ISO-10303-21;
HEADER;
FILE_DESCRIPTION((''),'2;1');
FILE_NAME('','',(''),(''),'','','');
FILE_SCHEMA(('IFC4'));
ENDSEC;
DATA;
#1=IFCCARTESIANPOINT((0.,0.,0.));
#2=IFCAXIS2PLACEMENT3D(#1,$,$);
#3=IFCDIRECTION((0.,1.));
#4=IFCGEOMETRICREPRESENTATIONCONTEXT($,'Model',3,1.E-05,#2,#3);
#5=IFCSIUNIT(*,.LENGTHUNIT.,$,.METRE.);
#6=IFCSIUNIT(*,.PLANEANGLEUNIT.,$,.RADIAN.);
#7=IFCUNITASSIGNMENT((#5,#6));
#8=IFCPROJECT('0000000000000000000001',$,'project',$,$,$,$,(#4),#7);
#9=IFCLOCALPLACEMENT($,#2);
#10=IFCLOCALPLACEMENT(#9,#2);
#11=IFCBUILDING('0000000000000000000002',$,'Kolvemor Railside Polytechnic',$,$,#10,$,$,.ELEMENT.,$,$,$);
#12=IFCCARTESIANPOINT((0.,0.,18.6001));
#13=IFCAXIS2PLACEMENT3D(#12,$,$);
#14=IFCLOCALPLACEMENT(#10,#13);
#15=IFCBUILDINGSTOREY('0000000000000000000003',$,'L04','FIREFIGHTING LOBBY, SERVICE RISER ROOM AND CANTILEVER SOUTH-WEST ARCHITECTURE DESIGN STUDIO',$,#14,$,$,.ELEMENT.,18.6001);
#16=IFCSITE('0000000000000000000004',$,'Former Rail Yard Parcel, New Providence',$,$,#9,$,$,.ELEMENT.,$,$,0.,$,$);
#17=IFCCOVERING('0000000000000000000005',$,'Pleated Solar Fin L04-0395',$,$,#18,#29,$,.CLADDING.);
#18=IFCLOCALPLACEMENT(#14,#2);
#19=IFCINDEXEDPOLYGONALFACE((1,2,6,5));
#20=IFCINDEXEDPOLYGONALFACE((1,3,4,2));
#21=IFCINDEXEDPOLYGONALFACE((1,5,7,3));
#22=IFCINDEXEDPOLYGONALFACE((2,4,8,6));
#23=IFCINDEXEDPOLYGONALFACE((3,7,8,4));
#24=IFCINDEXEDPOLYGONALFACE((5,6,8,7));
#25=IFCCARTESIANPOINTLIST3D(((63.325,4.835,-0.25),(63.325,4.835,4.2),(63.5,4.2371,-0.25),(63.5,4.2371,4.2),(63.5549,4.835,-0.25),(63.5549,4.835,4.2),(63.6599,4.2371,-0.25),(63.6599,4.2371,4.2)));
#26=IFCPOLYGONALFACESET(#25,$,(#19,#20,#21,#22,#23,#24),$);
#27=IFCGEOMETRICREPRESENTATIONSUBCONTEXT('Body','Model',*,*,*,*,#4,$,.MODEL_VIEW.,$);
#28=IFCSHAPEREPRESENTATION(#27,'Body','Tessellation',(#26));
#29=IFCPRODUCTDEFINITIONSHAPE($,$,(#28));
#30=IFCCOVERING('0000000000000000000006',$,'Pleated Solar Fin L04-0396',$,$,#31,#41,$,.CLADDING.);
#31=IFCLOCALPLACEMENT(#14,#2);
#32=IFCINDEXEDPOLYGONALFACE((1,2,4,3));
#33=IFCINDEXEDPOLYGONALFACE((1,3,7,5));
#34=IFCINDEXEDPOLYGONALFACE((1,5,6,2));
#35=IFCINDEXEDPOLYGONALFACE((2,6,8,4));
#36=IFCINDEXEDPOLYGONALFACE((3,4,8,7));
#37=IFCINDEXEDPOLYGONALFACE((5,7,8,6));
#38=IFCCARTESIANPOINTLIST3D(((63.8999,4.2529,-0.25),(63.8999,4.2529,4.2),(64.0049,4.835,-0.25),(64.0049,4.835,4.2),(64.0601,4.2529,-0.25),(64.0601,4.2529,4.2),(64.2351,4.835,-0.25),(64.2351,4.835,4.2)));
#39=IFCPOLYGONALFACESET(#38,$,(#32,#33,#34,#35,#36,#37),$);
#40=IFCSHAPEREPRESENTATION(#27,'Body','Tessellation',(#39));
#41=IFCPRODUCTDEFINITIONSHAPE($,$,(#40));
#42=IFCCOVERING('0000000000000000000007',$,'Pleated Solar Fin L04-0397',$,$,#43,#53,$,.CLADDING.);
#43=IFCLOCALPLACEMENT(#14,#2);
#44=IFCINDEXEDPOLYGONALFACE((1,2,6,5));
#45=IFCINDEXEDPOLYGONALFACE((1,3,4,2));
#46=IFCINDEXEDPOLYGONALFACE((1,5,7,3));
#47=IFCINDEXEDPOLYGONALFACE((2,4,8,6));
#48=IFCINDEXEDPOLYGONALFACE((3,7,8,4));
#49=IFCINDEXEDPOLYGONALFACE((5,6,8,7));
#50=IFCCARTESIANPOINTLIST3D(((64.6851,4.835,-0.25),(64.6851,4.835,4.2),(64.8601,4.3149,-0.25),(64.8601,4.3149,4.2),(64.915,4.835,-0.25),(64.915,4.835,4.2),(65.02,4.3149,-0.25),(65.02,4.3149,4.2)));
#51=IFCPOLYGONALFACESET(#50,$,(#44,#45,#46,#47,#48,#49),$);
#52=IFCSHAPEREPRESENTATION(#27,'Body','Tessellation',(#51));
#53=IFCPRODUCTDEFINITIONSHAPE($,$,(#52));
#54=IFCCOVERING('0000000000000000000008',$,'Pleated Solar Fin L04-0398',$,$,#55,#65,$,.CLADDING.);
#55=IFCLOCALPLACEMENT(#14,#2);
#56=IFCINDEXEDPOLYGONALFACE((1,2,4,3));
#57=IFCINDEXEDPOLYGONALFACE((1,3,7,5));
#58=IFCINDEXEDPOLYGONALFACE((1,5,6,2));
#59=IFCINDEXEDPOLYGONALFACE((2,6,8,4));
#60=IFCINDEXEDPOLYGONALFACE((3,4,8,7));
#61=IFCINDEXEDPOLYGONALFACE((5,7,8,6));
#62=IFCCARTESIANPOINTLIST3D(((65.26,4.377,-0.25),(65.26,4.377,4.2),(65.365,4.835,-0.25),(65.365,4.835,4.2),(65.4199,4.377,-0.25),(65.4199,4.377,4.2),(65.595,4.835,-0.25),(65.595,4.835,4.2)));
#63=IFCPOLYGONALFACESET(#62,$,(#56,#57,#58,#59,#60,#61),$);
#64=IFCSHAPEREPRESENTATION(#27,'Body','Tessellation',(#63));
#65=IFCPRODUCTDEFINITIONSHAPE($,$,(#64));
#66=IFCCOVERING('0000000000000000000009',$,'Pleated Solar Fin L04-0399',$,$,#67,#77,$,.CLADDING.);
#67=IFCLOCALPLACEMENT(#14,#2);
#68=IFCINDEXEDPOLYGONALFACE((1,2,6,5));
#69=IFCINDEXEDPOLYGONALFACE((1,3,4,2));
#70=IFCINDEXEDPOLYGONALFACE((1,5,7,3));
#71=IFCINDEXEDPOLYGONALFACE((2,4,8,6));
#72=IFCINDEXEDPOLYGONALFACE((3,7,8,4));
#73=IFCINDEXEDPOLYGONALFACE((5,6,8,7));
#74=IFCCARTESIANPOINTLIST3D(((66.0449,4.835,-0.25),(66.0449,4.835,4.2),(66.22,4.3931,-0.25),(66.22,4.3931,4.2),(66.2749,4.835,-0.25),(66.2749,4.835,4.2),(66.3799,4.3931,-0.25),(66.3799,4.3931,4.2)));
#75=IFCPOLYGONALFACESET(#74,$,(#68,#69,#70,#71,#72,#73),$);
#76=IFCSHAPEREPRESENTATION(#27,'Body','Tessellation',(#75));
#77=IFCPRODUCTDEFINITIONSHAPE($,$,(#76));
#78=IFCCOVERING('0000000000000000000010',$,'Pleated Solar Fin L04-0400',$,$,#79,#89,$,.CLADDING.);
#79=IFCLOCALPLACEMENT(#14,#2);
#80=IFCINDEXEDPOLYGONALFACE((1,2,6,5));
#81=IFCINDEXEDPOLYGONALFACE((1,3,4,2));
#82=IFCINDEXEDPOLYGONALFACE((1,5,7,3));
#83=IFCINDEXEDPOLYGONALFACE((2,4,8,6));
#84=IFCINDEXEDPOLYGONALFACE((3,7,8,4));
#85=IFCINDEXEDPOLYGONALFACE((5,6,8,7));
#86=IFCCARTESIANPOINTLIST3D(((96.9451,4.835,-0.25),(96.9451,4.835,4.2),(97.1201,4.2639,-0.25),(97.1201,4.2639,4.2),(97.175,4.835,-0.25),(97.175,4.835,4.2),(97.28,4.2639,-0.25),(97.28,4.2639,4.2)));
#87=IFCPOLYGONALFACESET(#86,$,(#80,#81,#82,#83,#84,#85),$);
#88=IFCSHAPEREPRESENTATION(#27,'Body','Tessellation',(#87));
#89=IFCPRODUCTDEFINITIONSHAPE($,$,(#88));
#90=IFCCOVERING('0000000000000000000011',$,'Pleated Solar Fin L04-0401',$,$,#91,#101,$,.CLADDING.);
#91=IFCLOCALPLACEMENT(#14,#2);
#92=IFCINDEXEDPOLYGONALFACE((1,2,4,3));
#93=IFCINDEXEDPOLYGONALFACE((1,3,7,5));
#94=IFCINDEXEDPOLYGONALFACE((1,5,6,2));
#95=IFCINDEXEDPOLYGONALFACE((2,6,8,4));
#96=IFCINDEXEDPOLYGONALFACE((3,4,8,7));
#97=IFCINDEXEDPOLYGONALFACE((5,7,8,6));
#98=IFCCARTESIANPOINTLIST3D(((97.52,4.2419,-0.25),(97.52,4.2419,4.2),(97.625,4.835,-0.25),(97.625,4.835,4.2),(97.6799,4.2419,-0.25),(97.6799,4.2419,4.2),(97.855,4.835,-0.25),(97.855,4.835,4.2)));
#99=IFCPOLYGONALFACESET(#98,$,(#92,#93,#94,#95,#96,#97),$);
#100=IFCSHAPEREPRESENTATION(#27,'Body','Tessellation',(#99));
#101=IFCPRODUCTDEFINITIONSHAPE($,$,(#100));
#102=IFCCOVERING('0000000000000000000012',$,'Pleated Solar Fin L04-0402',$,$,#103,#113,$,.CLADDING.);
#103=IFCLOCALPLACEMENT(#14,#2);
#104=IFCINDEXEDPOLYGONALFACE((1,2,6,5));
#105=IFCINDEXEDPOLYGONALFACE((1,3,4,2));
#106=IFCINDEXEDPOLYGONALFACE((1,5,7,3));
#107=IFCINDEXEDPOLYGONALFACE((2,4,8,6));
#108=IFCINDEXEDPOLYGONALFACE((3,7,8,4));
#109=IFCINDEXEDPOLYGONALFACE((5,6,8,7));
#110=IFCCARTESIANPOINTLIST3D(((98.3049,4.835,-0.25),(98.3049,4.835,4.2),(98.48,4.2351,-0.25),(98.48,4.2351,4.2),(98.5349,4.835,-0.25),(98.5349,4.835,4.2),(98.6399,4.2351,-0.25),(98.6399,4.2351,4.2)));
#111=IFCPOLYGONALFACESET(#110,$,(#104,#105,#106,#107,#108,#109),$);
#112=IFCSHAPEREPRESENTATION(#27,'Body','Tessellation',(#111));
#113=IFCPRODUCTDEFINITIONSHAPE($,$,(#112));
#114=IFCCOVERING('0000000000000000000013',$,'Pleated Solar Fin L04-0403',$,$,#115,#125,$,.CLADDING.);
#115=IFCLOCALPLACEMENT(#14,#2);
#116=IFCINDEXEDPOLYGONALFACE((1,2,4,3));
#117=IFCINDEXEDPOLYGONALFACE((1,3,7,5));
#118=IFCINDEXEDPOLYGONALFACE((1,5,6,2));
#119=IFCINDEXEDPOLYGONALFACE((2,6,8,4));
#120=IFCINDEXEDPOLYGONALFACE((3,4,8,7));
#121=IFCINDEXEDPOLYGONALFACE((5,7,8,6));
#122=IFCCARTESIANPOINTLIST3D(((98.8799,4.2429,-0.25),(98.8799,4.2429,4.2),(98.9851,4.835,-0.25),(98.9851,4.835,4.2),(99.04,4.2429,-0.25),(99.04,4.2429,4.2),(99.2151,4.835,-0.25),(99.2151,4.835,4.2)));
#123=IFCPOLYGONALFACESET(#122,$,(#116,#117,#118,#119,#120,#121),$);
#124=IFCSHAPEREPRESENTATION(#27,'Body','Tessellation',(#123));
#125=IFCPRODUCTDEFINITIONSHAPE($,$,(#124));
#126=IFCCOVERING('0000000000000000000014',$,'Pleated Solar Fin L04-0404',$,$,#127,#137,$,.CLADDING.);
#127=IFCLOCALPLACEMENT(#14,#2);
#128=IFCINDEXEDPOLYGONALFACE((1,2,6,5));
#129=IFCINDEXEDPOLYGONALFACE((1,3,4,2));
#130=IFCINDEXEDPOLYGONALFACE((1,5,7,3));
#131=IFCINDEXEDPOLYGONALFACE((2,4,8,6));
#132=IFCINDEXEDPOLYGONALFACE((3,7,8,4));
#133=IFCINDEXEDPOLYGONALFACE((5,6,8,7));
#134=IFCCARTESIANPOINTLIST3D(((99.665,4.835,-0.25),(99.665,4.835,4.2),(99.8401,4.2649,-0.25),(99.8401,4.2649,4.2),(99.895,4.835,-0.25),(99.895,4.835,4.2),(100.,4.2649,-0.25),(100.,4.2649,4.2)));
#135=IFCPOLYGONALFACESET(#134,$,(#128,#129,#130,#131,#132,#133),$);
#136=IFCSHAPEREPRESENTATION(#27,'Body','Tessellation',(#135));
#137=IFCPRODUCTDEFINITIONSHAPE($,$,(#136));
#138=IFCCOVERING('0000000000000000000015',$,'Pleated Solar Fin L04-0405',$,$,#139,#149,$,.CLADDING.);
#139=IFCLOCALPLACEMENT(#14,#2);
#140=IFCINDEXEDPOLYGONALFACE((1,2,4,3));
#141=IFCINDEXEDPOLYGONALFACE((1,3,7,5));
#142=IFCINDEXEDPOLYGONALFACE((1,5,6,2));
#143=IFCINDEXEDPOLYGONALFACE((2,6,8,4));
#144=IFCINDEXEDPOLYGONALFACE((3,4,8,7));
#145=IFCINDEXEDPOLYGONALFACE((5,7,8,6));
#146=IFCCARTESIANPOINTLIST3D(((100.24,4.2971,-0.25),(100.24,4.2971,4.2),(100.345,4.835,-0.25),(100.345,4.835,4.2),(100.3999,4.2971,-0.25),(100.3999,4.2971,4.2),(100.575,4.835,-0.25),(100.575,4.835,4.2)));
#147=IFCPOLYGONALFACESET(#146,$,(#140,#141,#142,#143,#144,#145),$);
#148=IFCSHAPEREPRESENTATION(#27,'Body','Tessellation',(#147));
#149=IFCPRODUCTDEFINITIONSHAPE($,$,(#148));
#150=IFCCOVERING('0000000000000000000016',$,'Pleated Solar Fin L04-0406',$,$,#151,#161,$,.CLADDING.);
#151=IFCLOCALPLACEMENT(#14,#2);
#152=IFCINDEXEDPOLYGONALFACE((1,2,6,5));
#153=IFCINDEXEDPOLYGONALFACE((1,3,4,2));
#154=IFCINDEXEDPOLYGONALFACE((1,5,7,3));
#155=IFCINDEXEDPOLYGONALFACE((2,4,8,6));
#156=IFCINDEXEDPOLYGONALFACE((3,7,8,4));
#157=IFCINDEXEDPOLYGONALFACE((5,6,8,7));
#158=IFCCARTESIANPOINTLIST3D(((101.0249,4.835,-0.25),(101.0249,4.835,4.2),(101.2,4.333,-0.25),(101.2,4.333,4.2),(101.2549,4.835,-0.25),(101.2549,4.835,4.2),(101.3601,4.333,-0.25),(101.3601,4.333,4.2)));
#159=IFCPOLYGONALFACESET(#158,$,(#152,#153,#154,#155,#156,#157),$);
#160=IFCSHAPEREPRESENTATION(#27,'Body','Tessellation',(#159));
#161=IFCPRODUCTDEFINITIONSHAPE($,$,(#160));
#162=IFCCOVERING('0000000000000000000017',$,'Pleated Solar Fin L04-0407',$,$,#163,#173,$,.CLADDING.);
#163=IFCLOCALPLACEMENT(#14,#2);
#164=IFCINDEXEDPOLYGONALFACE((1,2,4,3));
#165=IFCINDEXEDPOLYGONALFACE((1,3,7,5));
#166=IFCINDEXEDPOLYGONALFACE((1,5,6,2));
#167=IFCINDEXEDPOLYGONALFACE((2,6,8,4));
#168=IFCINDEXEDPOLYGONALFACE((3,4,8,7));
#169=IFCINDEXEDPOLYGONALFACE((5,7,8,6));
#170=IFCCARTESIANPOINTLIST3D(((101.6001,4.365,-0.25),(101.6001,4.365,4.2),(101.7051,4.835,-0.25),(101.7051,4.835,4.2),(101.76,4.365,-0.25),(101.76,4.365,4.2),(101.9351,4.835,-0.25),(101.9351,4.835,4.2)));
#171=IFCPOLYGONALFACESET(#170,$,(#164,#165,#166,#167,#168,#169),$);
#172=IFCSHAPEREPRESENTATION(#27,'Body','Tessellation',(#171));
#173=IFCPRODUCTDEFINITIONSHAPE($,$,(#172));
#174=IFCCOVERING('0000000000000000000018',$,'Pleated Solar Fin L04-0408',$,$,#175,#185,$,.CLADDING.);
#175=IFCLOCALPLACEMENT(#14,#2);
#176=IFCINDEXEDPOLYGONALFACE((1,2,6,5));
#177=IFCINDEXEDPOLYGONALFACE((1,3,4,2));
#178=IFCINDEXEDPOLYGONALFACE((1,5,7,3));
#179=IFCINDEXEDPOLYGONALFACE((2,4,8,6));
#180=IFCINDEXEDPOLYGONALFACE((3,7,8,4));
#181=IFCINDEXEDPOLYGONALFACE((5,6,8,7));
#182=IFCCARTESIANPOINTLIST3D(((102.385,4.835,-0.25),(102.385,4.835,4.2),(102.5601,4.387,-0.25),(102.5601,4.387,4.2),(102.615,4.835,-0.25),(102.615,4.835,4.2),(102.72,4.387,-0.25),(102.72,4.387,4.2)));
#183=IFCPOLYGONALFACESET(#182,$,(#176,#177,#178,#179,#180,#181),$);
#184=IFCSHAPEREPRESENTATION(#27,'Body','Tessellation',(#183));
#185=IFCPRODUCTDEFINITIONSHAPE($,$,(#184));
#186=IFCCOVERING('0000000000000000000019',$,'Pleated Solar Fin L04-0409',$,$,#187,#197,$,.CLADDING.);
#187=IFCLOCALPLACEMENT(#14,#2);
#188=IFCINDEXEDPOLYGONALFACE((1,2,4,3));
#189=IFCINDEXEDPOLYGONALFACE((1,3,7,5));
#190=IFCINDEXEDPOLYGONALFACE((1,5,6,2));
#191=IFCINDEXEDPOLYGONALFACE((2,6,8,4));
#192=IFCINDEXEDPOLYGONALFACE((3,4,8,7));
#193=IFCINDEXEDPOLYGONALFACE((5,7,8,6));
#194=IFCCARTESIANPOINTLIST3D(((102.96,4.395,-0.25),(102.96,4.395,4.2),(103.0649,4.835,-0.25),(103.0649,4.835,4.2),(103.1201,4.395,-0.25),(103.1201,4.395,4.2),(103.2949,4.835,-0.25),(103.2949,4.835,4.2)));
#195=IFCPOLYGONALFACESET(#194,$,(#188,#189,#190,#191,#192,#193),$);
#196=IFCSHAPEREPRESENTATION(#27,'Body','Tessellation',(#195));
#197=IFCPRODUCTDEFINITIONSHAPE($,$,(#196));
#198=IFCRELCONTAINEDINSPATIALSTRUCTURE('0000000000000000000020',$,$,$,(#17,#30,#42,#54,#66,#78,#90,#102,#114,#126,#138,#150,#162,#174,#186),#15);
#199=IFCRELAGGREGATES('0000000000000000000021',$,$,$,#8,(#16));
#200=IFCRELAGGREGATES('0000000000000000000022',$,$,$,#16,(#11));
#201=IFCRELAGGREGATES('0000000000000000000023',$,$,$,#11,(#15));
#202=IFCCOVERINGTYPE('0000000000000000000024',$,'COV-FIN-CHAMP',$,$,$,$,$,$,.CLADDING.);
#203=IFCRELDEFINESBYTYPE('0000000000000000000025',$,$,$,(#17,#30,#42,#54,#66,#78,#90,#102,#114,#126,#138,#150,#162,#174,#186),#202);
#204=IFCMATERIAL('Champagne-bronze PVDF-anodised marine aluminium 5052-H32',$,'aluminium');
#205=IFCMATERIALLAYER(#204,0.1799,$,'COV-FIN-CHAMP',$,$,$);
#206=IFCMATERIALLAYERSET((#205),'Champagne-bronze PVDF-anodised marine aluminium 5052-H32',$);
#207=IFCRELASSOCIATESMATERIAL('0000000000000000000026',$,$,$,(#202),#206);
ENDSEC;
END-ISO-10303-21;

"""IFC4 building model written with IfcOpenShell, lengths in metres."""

from ifc_helpers import new_model, si_unit, direction, frame, origin, place, context, subcontext, project, spatial, polyline, outline, extrude, material, layer, layer_set, type_object, element, save


model = new_model("IFC4")

# Units and contexts
model_context = context("Model", 3, precision=1e-05, world=origin(), true_north=direction((0.0, 1.0)))
body_context = subcontext(model_context, "Body", "Model", "MODEL_VIEW")
ifc_project = project(units=[si_unit("LENGTHUNIT", "METRE"), si_unit("PLANEANGLEUNIT", "RADIAN")], contexts=[model_context])

# Site, building, storey
site_placement = place(None, origin())
site = spatial("IfcSite", under=ifc_project, at=site_placement, Name="Former Rail Yard Parcel, New Providence", CompositionType="ELEMENT", RefElevation=0.0)
building_placement = place(site_placement, origin())
building = spatial("IfcBuilding", under=site, at=building_placement, Name="Kolvemor Railside Polytechnic", CompositionType="ELEMENT")
storey_placement = place(building_placement, frame((0.0, 0.0, 18.6001)))
storey = spatial("IfcBuildingStorey", under=building, at=storey_placement, Name="L04", Description="FIREFIGHTING LOBBY, SERVICE RISER ROOM AND CANTILEVER SOUTH-WEST ARCHITECTURE DESIGN STUDIO", CompositionType="ELEMENT", Elevation=18.6001)

# Coverings
ifc_material_1 = material(Name="Champagne-bronze PVDF-anodised marine aluminium 5052-H32", Category="aluminium")
ifc_layer_1 = layer(ifc_material_1, 0.1799, Name="COV-FIN-CHAMP")
ifc_layer_set_1 = layer_set([ifc_layer_1], Name="Champagne-bronze PVDF-anodised marine aluminium 5052-H32")
covering_type_1 = type_object("IfcCoveringType", Name="COV-FIN-CHAMP", PredefinedType="CLADDING", material=ifc_layer_set_1)
covering_1_placement = place(storey_placement, frame((0.0, 0.0, -0.25)))
element("IfcCovering", 1, at=covering_1_placement, inside=storey, type_object=covering_type_1, Name="Pleated Solar Fin L04-0395", PredefinedType="CLADDING", context=body_context, shape_type="SweptSolid", body=[
    extrude(outline(polyline([(63.325, 4.835), (63.5549, 4.835), (63.6599, 4.2371), (63.5, 4.2371), (63.325, 4.835)])), origin(), (0.0, 0.0, 1.0), 4.45),
])
covering_2_placement = place(storey_placement, frame((0.0, 0.0, -0.25)))
element("IfcCovering", 2, at=covering_2_placement, inside=storey, type_object=covering_type_1, Name="Pleated Solar Fin L04-0396", PredefinedType="CLADDING", context=body_context, shape_type="SweptSolid", body=[
    extrude(outline(polyline([(64.0049, 4.835), (64.2351, 4.835), (64.0601, 4.2529), (63.8999, 4.2529), (64.0049, 4.835)])), origin(), (0.0, 0.0, 1.0), 4.45),
])
covering_3_placement = place(storey_placement, frame((0.0, 0.0, -0.25)))
element("IfcCovering", 3, at=covering_3_placement, inside=storey, type_object=covering_type_1, Name="Pleated Solar Fin L04-0397", PredefinedType="CLADDING", context=body_context, shape_type="SweptSolid", body=[
    extrude(outline(polyline([(64.6851, 4.835), (64.915, 4.835), (65.02, 4.3149), (64.8601, 4.3149), (64.6851, 4.835)])), origin(), (0.0, 0.0, 1.0), 4.45),
])
covering_4_placement = place(storey_placement, frame((0.0, 0.0, -0.25)))
element("IfcCovering", 4, at=covering_4_placement, inside=storey, type_object=covering_type_1, Name="Pleated Solar Fin L04-0398", PredefinedType="CLADDING", context=body_context, shape_type="SweptSolid", body=[
    extrude(outline(polyline([(65.365, 4.835), (65.595, 4.835), (65.4199, 4.377), (65.26, 4.377), (65.365, 4.835)])), origin(), (0.0, 0.0, 1.0), 4.45),
])
covering_5_placement = place(storey_placement, frame((0.0, 0.0, -0.25)))
element("IfcCovering", 5, at=covering_5_placement, inside=storey, type_object=covering_type_1, Name="Pleated Solar Fin L04-0399", PredefinedType="CLADDING", context=body_context, shape_type="SweptSolid", body=[
    extrude(outline(polyline([(66.0449, 4.835), (66.2749, 4.835), (66.3799, 4.3931), (66.22, 4.3931), (66.0449, 4.835)])), origin(), (0.0, 0.0, 1.0), 4.45),
])
covering_6_placement = place(storey_placement, frame((0.0, 0.0, -0.25)))
element("IfcCovering", 6, at=covering_6_placement, inside=storey, type_object=covering_type_1, Name="Pleated Solar Fin L04-0400", PredefinedType="CLADDING", context=body_context, shape_type="SweptSolid", body=[
    extrude(outline(polyline([(96.9451, 4.835), (97.175, 4.835), (97.28, 4.2639), (97.1201, 4.2639), (96.9451, 4.835)])), origin(), (0.0, 0.0, 1.0), 4.45),
])
covering_7_placement = place(storey_placement, frame((0.0, 0.0, -0.25)))
element("IfcCovering", 7, at=covering_7_placement, inside=storey, type_object=covering_type_1, Name="Pleated Solar Fin L04-0401", PredefinedType="CLADDING", context=body_context, shape_type="SweptSolid", body=[
    extrude(outline(polyline([(97.625, 4.835), (97.855, 4.835), (97.6799, 4.2419), (97.52, 4.2419), (97.625, 4.835)])), origin(), (0.0, 0.0, 1.0), 4.45),
])
covering_8_placement = place(storey_placement, frame((0.0, 0.0, -0.25)))
element("IfcCovering", 8, at=covering_8_placement, inside=storey, type_object=covering_type_1, Name="Pleated Solar Fin L04-0402", PredefinedType="CLADDING", context=body_context, shape_type="SweptSolid", body=[
    extrude(outline(polyline([(98.3049, 4.835), (98.5349, 4.835), (98.6399, 4.2351), (98.48, 4.2351), (98.3049, 4.835)])), origin(), (0.0, 0.0, 1.0), 4.45),
])
covering_9_placement = place(storey_placement, frame((0.0, 0.0, -0.25)))
element("IfcCovering", 9, at=covering_9_placement, inside=storey, type_object=covering_type_1, Name="Pleated Solar Fin L04-0403", PredefinedType="CLADDING", context=body_context, shape_type="SweptSolid", body=[
    extrude(outline(polyline([(98.9851, 4.835), (99.2151, 4.835), (99.04, 4.2429), (98.8799, 4.2429), (98.9851, 4.835)])), origin(), (0.0, 0.0, 1.0), 4.45),
])
covering_10_placement = place(storey_placement, frame((0.0, 0.0, -0.25)))
element("IfcCovering", 10, at=covering_10_placement, inside=storey, type_object=covering_type_1, Name="Pleated Solar Fin L04-0404", PredefinedType="CLADDING", context=body_context, shape_type="SweptSolid", body=[
    extrude(outline(polyline([(99.665, 4.835), (99.895, 4.835), (100.0, 4.2649), (99.8401, 4.2649), (99.665, 4.835)])), origin(), (0.0, 0.0, 1.0), 4.45),
])
covering_11_placement = place(storey_placement, frame((0.0, 0.0, -0.25)))
element("IfcCovering", 11, at=covering_11_placement, inside=storey, type_object=covering_type_1, Name="Pleated Solar Fin L04-0405", PredefinedType="CLADDING", context=body_context, shape_type="SweptSolid", body=[
    extrude(outline(polyline([(100.345, 4.835), (100.575, 4.835), (100.3999, 4.2971), (100.24, 4.2971), (100.345, 4.835)])), origin(), (0.0, 0.0, 1.0), 4.45),
])
covering_12_placement = place(storey_placement, frame((0.0, 0.0, -0.25)))
element("IfcCovering", 12, at=covering_12_placement, inside=storey, type_object=covering_type_1, Name="Pleated Solar Fin L04-0406", PredefinedType="CLADDING", context=body_context, shape_type="SweptSolid", body=[
    extrude(outline(polyline([(101.0249, 4.835), (101.2549, 4.835), (101.3601, 4.333), (101.2, 4.333), (101.0249, 4.835)])), origin(), (0.0, 0.0, 1.0), 4.45),
])
covering_13_placement = place(storey_placement, frame((0.0, 0.0, -0.25)))
element("IfcCovering", 13, at=covering_13_placement, inside=storey, type_object=covering_type_1, Name="Pleated Solar Fin L04-0407", PredefinedType="CLADDING", context=body_context, shape_type="SweptSolid", body=[
    extrude(outline(polyline([(101.7051, 4.835), (101.9351, 4.835), (101.76, 4.365), (101.6001, 4.365), (101.7051, 4.835)])), origin(), (0.0, 0.0, 1.0), 4.45),
])
covering_14_placement = place(storey_placement, frame((0.0, 0.0, -0.25)))
element("IfcCovering", 14, at=covering_14_placement, inside=storey, type_object=covering_type_1, Name="Pleated Solar Fin L04-0408", PredefinedType="CLADDING", context=body_context, shape_type="SweptSolid", body=[
    extrude(outline(polyline([(102.385, 4.835), (102.615, 4.835), (102.72, 4.387), (102.5601, 4.387), (102.385, 4.835)])), origin(), (0.0, 0.0, 1.0), 4.45),
])
covering_15_placement = place(storey_placement, frame((0.0, 0.0, -0.25)))
element("IfcCovering", 15, at=covering_15_placement, inside=storey, type_object=covering_type_1, Name="Pleated Solar Fin L04-0409", PredefinedType="CLADDING", context=body_context, shape_type="SweptSolid", body=[
    extrude(outline(polyline([(103.0649, 4.835), (103.2949, 4.835), (103.1201, 4.395), (102.96, 4.395), (103.0649, 4.835)])), origin(), (0.0, 0.0, 1.0), 4.45),
])

save(model, "model.ifc")
